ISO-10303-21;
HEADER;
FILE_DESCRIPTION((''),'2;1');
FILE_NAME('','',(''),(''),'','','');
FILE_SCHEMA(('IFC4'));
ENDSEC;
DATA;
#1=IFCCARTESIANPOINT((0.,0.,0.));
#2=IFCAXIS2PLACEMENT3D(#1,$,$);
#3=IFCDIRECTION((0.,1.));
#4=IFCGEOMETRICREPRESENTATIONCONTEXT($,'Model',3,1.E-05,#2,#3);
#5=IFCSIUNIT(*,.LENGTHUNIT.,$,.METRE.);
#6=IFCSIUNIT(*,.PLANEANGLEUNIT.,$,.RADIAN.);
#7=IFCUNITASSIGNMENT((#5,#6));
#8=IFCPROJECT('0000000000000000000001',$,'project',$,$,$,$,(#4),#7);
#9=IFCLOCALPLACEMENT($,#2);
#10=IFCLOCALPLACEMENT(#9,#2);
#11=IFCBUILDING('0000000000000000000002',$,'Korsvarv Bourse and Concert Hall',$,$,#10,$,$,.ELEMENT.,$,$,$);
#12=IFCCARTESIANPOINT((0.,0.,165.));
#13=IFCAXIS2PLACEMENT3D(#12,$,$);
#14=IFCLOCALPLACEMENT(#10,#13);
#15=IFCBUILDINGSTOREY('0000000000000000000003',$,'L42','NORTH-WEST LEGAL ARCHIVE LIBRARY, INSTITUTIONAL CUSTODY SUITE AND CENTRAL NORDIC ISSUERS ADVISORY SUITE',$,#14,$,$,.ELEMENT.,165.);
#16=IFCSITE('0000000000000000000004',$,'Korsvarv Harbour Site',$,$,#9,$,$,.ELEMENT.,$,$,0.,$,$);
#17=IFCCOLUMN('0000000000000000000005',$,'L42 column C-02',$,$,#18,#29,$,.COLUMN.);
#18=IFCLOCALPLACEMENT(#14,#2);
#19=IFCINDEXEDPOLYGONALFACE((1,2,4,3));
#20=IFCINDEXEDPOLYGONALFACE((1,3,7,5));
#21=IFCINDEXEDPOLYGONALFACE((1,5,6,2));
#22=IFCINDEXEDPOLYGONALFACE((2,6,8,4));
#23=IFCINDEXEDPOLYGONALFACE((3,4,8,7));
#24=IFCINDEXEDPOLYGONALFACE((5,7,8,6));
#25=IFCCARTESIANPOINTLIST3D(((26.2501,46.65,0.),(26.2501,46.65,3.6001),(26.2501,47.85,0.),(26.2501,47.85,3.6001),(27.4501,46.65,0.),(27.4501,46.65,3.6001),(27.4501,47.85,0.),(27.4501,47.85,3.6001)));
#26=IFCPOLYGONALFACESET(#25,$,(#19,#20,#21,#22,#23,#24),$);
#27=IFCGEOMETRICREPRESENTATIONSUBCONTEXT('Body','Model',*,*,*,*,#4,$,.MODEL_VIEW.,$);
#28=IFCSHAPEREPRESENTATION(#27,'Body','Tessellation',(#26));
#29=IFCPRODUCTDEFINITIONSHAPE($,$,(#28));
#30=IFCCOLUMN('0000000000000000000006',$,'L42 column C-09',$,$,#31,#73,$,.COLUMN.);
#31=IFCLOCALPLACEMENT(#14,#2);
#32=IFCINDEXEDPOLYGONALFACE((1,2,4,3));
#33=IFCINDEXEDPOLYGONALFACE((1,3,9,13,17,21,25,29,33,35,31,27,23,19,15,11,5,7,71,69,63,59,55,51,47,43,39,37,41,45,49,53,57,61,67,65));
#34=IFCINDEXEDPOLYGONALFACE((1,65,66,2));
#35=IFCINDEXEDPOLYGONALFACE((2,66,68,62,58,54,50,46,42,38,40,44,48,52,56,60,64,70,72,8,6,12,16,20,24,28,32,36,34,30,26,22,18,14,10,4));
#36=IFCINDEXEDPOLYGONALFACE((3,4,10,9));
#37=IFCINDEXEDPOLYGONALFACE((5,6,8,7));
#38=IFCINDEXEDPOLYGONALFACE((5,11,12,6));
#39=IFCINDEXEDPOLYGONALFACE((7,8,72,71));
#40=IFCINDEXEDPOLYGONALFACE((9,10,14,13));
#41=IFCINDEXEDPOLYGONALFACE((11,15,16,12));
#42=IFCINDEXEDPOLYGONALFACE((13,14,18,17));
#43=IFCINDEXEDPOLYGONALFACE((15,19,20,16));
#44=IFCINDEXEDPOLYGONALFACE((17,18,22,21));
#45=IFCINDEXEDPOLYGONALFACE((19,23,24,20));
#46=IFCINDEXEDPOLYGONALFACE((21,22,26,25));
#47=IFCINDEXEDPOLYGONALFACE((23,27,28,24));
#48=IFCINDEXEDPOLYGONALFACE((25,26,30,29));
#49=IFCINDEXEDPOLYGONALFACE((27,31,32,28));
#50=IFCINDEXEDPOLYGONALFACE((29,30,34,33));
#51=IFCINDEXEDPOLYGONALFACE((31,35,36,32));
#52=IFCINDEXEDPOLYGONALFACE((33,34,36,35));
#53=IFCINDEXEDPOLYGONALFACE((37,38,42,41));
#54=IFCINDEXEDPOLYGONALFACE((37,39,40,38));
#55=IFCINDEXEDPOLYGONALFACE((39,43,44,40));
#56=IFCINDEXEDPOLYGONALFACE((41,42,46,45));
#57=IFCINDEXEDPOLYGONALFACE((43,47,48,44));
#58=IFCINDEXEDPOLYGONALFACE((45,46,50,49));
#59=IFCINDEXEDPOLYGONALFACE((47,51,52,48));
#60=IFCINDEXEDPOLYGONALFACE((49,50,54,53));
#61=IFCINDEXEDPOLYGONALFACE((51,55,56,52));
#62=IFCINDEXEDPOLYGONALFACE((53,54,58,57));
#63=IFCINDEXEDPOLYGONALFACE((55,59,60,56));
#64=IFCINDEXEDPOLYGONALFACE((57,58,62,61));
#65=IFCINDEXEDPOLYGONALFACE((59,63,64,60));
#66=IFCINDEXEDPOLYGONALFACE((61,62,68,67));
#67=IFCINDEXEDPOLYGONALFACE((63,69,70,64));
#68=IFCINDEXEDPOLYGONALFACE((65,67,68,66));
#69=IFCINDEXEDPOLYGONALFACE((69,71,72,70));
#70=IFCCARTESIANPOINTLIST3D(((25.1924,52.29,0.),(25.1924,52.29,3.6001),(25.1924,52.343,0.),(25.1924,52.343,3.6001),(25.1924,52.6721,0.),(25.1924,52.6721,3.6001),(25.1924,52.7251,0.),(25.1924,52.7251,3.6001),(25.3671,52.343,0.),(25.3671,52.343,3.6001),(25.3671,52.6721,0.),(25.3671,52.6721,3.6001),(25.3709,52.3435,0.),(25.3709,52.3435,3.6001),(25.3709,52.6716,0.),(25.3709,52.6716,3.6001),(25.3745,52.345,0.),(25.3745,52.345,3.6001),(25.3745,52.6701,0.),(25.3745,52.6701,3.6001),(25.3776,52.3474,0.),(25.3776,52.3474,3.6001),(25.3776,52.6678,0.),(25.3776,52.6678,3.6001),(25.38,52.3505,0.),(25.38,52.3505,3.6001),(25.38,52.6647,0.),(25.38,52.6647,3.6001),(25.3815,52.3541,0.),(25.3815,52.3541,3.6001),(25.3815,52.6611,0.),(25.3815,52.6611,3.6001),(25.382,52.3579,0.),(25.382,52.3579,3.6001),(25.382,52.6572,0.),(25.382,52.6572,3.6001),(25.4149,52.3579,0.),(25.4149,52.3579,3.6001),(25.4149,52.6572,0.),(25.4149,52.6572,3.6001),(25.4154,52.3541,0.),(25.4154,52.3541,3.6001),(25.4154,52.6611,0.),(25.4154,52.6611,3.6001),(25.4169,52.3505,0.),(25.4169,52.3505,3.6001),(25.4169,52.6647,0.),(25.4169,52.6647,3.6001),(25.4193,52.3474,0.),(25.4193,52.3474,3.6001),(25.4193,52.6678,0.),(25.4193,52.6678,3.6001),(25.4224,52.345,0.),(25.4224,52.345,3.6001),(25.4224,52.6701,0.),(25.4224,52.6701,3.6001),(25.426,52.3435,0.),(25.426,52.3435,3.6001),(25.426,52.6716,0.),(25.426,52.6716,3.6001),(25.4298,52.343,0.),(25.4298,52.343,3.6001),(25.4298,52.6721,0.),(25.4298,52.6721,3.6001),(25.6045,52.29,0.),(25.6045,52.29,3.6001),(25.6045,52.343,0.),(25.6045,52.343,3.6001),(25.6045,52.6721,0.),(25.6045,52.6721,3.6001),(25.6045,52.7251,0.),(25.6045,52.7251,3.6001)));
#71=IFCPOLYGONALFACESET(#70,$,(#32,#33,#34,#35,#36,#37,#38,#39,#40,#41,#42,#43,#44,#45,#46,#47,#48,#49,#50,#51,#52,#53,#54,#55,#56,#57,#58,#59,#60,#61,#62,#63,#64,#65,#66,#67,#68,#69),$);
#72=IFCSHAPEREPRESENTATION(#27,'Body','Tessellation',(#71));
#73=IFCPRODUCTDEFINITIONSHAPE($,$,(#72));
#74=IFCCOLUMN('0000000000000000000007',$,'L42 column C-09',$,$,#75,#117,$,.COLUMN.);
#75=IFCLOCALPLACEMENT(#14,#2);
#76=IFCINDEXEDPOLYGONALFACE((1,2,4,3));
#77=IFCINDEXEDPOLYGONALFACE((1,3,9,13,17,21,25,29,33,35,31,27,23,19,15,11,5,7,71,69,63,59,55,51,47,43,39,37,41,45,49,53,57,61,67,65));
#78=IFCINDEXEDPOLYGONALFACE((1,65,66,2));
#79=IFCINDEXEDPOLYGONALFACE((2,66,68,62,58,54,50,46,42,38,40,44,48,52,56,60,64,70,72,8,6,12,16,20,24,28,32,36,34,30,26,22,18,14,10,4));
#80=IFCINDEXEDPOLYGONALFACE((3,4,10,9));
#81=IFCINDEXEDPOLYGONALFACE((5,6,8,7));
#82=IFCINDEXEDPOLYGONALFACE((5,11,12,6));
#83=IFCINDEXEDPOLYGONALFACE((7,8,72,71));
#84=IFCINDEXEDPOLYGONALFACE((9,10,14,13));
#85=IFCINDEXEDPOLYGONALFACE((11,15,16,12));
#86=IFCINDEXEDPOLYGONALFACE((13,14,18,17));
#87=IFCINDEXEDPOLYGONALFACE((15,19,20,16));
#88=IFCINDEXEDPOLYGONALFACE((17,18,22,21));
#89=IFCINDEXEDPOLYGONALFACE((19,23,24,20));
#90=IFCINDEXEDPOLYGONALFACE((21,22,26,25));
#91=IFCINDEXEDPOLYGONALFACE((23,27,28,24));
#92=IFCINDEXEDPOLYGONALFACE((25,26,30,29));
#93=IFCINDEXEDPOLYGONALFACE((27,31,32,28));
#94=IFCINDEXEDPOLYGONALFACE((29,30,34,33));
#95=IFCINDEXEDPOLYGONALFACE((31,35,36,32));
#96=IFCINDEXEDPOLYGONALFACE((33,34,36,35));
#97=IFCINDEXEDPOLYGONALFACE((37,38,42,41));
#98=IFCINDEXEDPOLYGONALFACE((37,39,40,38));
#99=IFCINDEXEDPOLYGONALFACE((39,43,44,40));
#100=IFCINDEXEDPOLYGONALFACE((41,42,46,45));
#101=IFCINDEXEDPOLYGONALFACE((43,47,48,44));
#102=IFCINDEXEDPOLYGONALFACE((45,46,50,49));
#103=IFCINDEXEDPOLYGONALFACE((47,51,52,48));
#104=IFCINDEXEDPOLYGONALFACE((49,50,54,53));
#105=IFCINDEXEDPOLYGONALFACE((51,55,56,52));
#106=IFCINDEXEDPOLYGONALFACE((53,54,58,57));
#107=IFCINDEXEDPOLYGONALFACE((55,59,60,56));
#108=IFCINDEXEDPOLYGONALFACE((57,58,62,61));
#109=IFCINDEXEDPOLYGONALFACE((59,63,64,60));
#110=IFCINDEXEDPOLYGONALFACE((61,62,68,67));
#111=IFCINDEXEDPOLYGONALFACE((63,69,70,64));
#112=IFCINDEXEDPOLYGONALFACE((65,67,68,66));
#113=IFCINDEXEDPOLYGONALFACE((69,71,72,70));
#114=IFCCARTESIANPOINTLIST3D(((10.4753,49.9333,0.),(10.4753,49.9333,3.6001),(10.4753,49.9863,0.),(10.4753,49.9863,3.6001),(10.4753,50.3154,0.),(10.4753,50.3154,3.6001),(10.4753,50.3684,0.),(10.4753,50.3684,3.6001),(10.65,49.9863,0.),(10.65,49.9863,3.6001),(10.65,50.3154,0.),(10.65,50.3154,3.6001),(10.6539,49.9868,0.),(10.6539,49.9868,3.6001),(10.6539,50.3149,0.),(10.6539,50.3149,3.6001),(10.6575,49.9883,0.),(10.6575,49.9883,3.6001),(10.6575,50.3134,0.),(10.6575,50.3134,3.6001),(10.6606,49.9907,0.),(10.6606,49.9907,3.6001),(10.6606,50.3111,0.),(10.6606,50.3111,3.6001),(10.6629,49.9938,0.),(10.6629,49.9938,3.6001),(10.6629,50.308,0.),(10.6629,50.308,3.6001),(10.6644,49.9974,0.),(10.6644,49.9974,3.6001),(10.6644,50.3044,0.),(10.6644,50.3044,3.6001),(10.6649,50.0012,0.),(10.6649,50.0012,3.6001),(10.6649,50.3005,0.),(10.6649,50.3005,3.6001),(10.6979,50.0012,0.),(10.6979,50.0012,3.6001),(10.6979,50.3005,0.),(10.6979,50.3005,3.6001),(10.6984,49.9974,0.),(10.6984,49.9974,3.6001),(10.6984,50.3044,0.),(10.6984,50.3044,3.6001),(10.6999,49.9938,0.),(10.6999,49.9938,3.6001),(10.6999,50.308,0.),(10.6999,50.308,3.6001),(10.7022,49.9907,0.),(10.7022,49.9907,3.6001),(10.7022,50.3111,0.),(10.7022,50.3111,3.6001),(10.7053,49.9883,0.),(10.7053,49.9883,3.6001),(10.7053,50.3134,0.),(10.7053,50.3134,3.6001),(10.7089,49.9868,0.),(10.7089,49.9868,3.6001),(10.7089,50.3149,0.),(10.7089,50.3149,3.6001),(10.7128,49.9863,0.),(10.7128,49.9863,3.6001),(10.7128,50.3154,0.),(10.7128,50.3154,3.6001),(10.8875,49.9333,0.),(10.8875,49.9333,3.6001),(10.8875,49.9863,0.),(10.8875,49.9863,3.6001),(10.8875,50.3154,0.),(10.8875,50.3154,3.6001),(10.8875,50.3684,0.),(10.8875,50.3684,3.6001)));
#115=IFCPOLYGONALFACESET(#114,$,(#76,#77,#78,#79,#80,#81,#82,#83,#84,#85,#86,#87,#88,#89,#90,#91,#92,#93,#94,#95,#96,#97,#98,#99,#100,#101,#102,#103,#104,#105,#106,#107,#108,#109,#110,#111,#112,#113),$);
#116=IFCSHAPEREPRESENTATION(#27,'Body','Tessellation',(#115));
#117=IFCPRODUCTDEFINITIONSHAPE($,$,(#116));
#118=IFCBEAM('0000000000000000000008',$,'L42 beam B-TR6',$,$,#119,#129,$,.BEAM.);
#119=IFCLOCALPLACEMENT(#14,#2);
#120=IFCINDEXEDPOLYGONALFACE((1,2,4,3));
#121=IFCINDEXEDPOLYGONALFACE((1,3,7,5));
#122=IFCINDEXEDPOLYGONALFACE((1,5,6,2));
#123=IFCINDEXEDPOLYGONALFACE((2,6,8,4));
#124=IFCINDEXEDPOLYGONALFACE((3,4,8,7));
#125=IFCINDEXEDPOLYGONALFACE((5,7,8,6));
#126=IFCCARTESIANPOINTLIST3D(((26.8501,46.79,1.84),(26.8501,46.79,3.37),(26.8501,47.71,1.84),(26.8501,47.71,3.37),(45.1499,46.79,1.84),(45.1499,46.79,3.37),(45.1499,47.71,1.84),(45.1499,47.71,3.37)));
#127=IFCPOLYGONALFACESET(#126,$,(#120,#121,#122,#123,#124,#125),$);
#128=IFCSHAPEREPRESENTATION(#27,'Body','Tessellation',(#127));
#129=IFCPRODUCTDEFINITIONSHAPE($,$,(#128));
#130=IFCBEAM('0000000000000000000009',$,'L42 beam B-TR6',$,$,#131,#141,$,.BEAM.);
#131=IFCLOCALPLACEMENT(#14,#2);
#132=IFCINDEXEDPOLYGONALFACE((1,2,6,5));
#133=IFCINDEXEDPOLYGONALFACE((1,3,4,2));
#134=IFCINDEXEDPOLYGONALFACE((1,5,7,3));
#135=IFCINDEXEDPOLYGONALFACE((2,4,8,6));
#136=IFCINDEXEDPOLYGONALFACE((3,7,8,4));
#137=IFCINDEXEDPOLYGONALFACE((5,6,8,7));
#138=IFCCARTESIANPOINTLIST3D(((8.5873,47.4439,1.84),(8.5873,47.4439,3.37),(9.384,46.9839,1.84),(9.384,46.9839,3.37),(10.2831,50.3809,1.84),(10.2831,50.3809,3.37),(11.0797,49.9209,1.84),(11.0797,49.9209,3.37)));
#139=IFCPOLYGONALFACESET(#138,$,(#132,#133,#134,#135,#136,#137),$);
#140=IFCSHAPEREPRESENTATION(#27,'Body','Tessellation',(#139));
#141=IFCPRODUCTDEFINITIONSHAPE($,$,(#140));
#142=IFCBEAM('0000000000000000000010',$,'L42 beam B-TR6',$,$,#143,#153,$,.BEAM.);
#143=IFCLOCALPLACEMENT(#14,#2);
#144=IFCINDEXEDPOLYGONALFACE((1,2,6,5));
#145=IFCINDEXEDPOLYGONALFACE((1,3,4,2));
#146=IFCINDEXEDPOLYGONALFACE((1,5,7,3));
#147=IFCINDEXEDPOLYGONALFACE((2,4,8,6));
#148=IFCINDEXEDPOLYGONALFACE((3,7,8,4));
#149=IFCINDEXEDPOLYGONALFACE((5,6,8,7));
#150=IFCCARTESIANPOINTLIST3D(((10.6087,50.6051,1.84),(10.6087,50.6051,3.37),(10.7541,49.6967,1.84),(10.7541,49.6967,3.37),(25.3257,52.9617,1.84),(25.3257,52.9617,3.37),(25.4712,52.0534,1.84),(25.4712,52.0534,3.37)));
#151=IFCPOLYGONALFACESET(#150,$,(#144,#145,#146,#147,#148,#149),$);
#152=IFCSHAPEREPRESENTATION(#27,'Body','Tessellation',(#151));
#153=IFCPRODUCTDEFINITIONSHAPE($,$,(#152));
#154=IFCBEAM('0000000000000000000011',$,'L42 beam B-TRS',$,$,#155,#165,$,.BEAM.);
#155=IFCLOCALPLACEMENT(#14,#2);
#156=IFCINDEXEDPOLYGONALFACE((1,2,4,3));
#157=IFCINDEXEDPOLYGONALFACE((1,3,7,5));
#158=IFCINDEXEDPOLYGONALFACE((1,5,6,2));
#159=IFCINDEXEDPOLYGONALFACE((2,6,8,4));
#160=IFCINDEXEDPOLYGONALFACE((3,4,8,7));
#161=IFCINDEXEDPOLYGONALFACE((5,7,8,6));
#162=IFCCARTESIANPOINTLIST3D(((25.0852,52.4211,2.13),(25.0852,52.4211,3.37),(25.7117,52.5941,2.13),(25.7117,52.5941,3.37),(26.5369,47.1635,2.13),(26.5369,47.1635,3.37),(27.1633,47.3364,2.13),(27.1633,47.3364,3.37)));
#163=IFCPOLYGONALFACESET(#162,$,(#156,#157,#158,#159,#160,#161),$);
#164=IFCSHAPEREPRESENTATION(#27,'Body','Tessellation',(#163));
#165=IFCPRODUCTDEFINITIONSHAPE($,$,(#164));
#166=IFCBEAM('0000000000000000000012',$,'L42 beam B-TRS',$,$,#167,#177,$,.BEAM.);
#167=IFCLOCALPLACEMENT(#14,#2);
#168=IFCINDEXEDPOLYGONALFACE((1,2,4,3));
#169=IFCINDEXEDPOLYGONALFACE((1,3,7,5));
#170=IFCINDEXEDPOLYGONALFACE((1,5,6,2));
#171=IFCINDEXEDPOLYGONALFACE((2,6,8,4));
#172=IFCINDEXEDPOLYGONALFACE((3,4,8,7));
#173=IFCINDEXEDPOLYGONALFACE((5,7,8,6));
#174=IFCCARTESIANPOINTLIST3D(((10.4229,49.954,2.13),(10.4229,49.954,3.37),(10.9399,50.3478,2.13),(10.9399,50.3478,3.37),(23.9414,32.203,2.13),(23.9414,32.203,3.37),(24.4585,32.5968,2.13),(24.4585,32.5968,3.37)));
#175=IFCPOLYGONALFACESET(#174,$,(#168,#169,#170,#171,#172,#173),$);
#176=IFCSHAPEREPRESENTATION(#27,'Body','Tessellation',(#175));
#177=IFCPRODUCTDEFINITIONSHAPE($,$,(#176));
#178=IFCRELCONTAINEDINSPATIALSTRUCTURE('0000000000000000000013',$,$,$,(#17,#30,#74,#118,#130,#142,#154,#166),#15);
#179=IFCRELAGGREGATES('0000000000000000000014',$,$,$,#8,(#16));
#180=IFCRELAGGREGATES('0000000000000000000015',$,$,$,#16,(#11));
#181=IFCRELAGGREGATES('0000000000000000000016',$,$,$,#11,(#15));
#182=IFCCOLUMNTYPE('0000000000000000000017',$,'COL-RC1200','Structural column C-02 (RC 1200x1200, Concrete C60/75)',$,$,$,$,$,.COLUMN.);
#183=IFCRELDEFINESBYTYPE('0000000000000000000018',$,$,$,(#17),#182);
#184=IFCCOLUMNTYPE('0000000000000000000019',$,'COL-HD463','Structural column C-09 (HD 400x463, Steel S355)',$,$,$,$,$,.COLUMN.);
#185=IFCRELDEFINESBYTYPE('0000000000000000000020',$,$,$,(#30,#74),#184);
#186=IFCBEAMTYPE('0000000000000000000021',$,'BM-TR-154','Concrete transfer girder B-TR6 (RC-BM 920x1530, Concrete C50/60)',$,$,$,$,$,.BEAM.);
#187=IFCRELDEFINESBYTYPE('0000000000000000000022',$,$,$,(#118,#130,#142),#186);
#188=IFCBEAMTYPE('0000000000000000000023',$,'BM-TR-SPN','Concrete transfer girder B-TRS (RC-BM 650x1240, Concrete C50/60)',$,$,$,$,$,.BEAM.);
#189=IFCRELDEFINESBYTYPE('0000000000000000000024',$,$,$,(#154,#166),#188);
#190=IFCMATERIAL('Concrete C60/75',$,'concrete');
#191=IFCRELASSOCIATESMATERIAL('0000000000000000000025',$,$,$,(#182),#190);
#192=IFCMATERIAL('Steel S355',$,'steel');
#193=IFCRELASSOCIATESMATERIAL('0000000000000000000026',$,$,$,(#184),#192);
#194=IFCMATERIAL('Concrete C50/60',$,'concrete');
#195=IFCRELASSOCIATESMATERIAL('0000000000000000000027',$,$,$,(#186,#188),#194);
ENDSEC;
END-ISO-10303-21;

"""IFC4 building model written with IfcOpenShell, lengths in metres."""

from ifc_helpers import new_model, si_unit, direction, frame, origin, origin_2d, place, context, subcontext, project, spatial, rectangle, i_section, extrude, source, transform, mapped, material, material_profile, profile_set, type_object, element, save


model = new_model("IFC4")

# Units and contexts
model_context = context("Model", 3, precision=1e-05, world=origin(), true_north=direction((0.0, 1.0)))
body_context = subcontext(model_context, "Body", "Model", "MODEL_VIEW")
ifc_project = project(units=[si_unit("LENGTHUNIT", "METRE"), si_unit("PLANEANGLEUNIT", "RADIAN")], contexts=[model_context])

# Site, building, storey
site_placement = place(None, origin())
site = spatial("IfcSite", under=ifc_project, at=site_placement, Name="Korsvarv Harbour Site", CompositionType="ELEMENT", RefElevation=0.0)
building_placement = place(site_placement, origin())
building = spatial("IfcBuilding", under=site, at=building_placement, Name="Korsvarv Bourse and Concert Hall", CompositionType="ELEMENT")
storey_placement = place(building_placement, frame((0.0, 0.0, 165.0)))
storey = spatial("IfcBuildingStorey", under=building, at=storey_placement, Name="L42", Description="NORTH-WEST LEGAL ARCHIVE LIBRARY, INSTITUTIONAL CUSTODY SUITE AND CENTRAL NORDIC ISSUERS ADVISORY SUITE", CompositionType="ELEMENT", Elevation=165.0)

# Columns
ifc_material_1 = material(Name="Concrete C60/75", Category="concrete")
ifc_material_profile_1 = material_profile(ifc_material_1, rectangle(XDim=1.2, YDim=1.2, at=origin_2d()), Name="RC 1200x1200")
ifc_profile_set_1 = profile_set([ifc_material_profile_1], Name="Concrete C60/75")
column_type_1 = type_object("IfcColumnType", Name="COL-RC1200", Description="Structural column C-02 (RC 1200x1200, Concrete C60/75)", PredefinedType="COLUMN", material=ifc_profile_set_1)
shared_shape_1 = source(origin(), body_context, "Body", "SweptSolid", [
    extrude(rectangle(XDim=1.2, YDim=1.2, at=origin_2d()), origin(), (0.0, 0.0, 1.0), 3.6001),
])
column_placement = place(storey_placement, frame((26.8501, 47.25, 0.0), z_axis=(0.0, 0.0, 1.0), x_axis=(1.0, 0.0, 0.0)))
element("IfcColumn", 1, at=column_placement, inside=storey, type_object=column_type_1, Name="L42 column C-02", PredefinedType="COLUMN", context=body_context, shape_type="MappedRepresentation", body=[
    mapped(shared_shape_1, transform((0.0, 0.0, 0.0), scale=1.0)),
])
ifc_material_2 = material(Name="Steel S355", Category="steel")
ifc_material_profile_2 = material_profile(ifc_material_2, i_section(OverallWidth=0.4121, OverallDepth=0.4351, WebThickness=0.033, FlangeThickness=0.053, FilletRadius=0.0149, at=origin_2d()), Name="HD 400x463")
ifc_profile_set_2 = profile_set([ifc_material_profile_2], Name="Steel S355")
column_type_2 = type_object("IfcColumnType", Name="COL-HD463", Description="Structural column C-09 (HD 400x463, Steel S355)", PredefinedType="COLUMN", material=ifc_profile_set_2)
shared_shape_2 = source(origin(), body_context, "Body", "SweptSolid", [
    extrude(i_section(OverallWidth=0.4121, OverallDepth=0.4351, WebThickness=0.033, FlangeThickness=0.053, FilletRadius=0.0149, at=origin_2d()), origin(), (0.0, 0.0, 1.0), 3.6001),
])
for number, where, z_axis, x_axis, name in (
    (2, (25.3984, 52.5076, 0.0), (0.0, 0.0, 1.0), (1.0, 0.0, 0.0), "L42 column C-09"),
    (3, (10.6814, 50.1509, 0.0), (0.0, 0.0, 1.0), (1.0, 0.0, 0.0), "L42 column C-09"),
):
    element("IfcColumn", number, at=place(storey_placement, frame(where, z_axis=z_axis, x_axis=x_axis)), inside=storey, type_object=column_type_2, Name=name, PredefinedType="COLUMN", context=body_context, shape_type="MappedRepresentation", body=[
        mapped(shared_shape_2, transform((0.0, 0.0, 0.0), scale=1.0)),
    ])

# Beams
ifc_material_3 = material(Name="Concrete C50/60", Category="concrete")
ifc_material_profile_3 = material_profile(ifc_material_3, rectangle(XDim=0.9199, YDim=1.53, at=origin_2d()), Name="RC-BM 920x1530")
ifc_profile_set_3 = profile_set([ifc_material_profile_3], Name="Concrete C50/60")
beam_type_1 = type_object("IfcBeamType", Name="BM-TR-154", Description="Concrete transfer girder B-TR6 (RC-BM 920x1530, Concrete C50/60)", PredefinedType="BEAM", material=ifc_profile_set_3)
shared_shape_3 = source(origin(), body_context, "Body", "SweptSolid", [
    extrude(rectangle(XDim=0.9199, YDim=1.53, at=origin_2d()), origin(), (0.0, 0.0, 1.0), 18.2998),
])
beam_1_placement = place(storey_placement, frame((26.8501, 47.25, 2.605), z_axis=(1.0, 0.0, 0.0), x_axis=(0.0, 1.0, 0.0)))
element("IfcBeam", 4, at=beam_1_placement, inside=storey, type_object=beam_type_1, Name="L42 beam B-TR6", PredefinedType="BEAM", context=body_context, shape_type="MappedRepresentation", body=[
    mapped(shared_shape_3, transform((0.0, 0.0, 0.0), scale=1.0)),
])
shared_shape_4 = source(origin(), body_context, "Body", "SweptSolid", [
    extrude(rectangle(XDim=0.9199, YDim=1.53, at=origin_2d()), origin(), (0.0, 0.0, 1.0), 3.3914),
])
beam_2_placement = place(storey_placement, frame((10.6814, 50.1509, 2.605), z_axis=(-0.500026, -0.866011, 0.0), x_axis=(0.866011, -0.500026, 0.0)))
element("IfcBeam", 5, at=beam_2_placement, inside=storey, type_object=beam_type_1, Name="L42 beam B-TR6", PredefinedType="BEAM", context=body_context, shape_type="MappedRepresentation", body=[
    mapped(shared_shape_4, transform((0.0, 0.0, 0.0), scale=1.0)),
])
shared_shape_5 = source(origin(), body_context, "Body", "SweptSolid", [
    extrude(rectangle(XDim=0.9199, YDim=1.53, at=origin_2d()), origin(), (0.0, 0.0, 1.0), 14.9045),
])
beam_3_placement = place(storey_placement, frame((25.3984, 52.5076, 2.605), z_axis=(-0.98742, -0.158119, 0.0), x_axis=(0.158119, -0.98742, 0.0)))
element("IfcBeam", 6, at=beam_3_placement, inside=storey, type_object=beam_type_1, Name="L42 beam B-TR6", PredefinedType="BEAM", context=body_context, shape_type="MappedRepresentation", body=[
    mapped(shared_shape_5, transform((0.0, 0.0, 0.0), scale=1.0)),
])
ifc_material_profile_4 = material_profile(ifc_material_3, rectangle(XDim=0.6499, YDim=1.24, at=origin_2d()), Name="RC-BM 650x1240")
ifc_profile_set_4 = profile_set([ifc_material_profile_4], Name="Concrete C50/60")
beam_type_2 = type_object("IfcBeamType", Name="BM-TR-SPN", Description="Concrete transfer girder B-TRS (RC-BM 650x1240, Concrete C50/60)", PredefinedType="BEAM", material=ifc_profile_set_4)
shared_shape_6 = source(origin(), body_context, "Body", "SweptSolid", [
    extrude(rectangle(XDim=0.6499, YDim=1.24, at=origin_2d()), origin(), (0.0, 0.0, 1.0), 5.4543),
])
beam_4_placement = place(storey_placement, frame((25.3984, 52.5076, 2.75), z_axis=(0.26615, -0.963932, 0.0), x_axis=(0.963932, 0.26615, 0.0)))
element("IfcBeam", 7, at=beam_4_placement, inside=storey, type_object=beam_type_2, Name="L42 beam B-TRS", PredefinedType="BEAM", context=body_context, shape_type="MappedRepresentation", body=[
    mapped(shared_shape_6, transform((0.0, 0.0, 0.0), scale=1.0)),
])
shared_shape_7 = source(origin(), body_context, "Body", "SweptSolid", [
    extrude(rectangle(XDim=0.6499, YDim=1.24, at=origin_2d()), origin(), (0.0, 0.0, 1.0), 22.3125),
])
beam_5_placement = place(storey_placement, frame((10.6814, 50.1509, 2.75), z_axis=(0.605873, -0.795561, 0.0), x_axis=(0.795561, 0.605873, 0.0)))
element("IfcBeam", 8, at=beam_5_placement, inside=storey, type_object=beam_type_2, Name="L42 beam B-TRS", PredefinedType="BEAM", context=body_context, shape_type="MappedRepresentation", body=[
    mapped(shared_shape_7, transform((0.0, 0.0, 0.0), scale=1.0)),
])

save(model, "model.ifc")
